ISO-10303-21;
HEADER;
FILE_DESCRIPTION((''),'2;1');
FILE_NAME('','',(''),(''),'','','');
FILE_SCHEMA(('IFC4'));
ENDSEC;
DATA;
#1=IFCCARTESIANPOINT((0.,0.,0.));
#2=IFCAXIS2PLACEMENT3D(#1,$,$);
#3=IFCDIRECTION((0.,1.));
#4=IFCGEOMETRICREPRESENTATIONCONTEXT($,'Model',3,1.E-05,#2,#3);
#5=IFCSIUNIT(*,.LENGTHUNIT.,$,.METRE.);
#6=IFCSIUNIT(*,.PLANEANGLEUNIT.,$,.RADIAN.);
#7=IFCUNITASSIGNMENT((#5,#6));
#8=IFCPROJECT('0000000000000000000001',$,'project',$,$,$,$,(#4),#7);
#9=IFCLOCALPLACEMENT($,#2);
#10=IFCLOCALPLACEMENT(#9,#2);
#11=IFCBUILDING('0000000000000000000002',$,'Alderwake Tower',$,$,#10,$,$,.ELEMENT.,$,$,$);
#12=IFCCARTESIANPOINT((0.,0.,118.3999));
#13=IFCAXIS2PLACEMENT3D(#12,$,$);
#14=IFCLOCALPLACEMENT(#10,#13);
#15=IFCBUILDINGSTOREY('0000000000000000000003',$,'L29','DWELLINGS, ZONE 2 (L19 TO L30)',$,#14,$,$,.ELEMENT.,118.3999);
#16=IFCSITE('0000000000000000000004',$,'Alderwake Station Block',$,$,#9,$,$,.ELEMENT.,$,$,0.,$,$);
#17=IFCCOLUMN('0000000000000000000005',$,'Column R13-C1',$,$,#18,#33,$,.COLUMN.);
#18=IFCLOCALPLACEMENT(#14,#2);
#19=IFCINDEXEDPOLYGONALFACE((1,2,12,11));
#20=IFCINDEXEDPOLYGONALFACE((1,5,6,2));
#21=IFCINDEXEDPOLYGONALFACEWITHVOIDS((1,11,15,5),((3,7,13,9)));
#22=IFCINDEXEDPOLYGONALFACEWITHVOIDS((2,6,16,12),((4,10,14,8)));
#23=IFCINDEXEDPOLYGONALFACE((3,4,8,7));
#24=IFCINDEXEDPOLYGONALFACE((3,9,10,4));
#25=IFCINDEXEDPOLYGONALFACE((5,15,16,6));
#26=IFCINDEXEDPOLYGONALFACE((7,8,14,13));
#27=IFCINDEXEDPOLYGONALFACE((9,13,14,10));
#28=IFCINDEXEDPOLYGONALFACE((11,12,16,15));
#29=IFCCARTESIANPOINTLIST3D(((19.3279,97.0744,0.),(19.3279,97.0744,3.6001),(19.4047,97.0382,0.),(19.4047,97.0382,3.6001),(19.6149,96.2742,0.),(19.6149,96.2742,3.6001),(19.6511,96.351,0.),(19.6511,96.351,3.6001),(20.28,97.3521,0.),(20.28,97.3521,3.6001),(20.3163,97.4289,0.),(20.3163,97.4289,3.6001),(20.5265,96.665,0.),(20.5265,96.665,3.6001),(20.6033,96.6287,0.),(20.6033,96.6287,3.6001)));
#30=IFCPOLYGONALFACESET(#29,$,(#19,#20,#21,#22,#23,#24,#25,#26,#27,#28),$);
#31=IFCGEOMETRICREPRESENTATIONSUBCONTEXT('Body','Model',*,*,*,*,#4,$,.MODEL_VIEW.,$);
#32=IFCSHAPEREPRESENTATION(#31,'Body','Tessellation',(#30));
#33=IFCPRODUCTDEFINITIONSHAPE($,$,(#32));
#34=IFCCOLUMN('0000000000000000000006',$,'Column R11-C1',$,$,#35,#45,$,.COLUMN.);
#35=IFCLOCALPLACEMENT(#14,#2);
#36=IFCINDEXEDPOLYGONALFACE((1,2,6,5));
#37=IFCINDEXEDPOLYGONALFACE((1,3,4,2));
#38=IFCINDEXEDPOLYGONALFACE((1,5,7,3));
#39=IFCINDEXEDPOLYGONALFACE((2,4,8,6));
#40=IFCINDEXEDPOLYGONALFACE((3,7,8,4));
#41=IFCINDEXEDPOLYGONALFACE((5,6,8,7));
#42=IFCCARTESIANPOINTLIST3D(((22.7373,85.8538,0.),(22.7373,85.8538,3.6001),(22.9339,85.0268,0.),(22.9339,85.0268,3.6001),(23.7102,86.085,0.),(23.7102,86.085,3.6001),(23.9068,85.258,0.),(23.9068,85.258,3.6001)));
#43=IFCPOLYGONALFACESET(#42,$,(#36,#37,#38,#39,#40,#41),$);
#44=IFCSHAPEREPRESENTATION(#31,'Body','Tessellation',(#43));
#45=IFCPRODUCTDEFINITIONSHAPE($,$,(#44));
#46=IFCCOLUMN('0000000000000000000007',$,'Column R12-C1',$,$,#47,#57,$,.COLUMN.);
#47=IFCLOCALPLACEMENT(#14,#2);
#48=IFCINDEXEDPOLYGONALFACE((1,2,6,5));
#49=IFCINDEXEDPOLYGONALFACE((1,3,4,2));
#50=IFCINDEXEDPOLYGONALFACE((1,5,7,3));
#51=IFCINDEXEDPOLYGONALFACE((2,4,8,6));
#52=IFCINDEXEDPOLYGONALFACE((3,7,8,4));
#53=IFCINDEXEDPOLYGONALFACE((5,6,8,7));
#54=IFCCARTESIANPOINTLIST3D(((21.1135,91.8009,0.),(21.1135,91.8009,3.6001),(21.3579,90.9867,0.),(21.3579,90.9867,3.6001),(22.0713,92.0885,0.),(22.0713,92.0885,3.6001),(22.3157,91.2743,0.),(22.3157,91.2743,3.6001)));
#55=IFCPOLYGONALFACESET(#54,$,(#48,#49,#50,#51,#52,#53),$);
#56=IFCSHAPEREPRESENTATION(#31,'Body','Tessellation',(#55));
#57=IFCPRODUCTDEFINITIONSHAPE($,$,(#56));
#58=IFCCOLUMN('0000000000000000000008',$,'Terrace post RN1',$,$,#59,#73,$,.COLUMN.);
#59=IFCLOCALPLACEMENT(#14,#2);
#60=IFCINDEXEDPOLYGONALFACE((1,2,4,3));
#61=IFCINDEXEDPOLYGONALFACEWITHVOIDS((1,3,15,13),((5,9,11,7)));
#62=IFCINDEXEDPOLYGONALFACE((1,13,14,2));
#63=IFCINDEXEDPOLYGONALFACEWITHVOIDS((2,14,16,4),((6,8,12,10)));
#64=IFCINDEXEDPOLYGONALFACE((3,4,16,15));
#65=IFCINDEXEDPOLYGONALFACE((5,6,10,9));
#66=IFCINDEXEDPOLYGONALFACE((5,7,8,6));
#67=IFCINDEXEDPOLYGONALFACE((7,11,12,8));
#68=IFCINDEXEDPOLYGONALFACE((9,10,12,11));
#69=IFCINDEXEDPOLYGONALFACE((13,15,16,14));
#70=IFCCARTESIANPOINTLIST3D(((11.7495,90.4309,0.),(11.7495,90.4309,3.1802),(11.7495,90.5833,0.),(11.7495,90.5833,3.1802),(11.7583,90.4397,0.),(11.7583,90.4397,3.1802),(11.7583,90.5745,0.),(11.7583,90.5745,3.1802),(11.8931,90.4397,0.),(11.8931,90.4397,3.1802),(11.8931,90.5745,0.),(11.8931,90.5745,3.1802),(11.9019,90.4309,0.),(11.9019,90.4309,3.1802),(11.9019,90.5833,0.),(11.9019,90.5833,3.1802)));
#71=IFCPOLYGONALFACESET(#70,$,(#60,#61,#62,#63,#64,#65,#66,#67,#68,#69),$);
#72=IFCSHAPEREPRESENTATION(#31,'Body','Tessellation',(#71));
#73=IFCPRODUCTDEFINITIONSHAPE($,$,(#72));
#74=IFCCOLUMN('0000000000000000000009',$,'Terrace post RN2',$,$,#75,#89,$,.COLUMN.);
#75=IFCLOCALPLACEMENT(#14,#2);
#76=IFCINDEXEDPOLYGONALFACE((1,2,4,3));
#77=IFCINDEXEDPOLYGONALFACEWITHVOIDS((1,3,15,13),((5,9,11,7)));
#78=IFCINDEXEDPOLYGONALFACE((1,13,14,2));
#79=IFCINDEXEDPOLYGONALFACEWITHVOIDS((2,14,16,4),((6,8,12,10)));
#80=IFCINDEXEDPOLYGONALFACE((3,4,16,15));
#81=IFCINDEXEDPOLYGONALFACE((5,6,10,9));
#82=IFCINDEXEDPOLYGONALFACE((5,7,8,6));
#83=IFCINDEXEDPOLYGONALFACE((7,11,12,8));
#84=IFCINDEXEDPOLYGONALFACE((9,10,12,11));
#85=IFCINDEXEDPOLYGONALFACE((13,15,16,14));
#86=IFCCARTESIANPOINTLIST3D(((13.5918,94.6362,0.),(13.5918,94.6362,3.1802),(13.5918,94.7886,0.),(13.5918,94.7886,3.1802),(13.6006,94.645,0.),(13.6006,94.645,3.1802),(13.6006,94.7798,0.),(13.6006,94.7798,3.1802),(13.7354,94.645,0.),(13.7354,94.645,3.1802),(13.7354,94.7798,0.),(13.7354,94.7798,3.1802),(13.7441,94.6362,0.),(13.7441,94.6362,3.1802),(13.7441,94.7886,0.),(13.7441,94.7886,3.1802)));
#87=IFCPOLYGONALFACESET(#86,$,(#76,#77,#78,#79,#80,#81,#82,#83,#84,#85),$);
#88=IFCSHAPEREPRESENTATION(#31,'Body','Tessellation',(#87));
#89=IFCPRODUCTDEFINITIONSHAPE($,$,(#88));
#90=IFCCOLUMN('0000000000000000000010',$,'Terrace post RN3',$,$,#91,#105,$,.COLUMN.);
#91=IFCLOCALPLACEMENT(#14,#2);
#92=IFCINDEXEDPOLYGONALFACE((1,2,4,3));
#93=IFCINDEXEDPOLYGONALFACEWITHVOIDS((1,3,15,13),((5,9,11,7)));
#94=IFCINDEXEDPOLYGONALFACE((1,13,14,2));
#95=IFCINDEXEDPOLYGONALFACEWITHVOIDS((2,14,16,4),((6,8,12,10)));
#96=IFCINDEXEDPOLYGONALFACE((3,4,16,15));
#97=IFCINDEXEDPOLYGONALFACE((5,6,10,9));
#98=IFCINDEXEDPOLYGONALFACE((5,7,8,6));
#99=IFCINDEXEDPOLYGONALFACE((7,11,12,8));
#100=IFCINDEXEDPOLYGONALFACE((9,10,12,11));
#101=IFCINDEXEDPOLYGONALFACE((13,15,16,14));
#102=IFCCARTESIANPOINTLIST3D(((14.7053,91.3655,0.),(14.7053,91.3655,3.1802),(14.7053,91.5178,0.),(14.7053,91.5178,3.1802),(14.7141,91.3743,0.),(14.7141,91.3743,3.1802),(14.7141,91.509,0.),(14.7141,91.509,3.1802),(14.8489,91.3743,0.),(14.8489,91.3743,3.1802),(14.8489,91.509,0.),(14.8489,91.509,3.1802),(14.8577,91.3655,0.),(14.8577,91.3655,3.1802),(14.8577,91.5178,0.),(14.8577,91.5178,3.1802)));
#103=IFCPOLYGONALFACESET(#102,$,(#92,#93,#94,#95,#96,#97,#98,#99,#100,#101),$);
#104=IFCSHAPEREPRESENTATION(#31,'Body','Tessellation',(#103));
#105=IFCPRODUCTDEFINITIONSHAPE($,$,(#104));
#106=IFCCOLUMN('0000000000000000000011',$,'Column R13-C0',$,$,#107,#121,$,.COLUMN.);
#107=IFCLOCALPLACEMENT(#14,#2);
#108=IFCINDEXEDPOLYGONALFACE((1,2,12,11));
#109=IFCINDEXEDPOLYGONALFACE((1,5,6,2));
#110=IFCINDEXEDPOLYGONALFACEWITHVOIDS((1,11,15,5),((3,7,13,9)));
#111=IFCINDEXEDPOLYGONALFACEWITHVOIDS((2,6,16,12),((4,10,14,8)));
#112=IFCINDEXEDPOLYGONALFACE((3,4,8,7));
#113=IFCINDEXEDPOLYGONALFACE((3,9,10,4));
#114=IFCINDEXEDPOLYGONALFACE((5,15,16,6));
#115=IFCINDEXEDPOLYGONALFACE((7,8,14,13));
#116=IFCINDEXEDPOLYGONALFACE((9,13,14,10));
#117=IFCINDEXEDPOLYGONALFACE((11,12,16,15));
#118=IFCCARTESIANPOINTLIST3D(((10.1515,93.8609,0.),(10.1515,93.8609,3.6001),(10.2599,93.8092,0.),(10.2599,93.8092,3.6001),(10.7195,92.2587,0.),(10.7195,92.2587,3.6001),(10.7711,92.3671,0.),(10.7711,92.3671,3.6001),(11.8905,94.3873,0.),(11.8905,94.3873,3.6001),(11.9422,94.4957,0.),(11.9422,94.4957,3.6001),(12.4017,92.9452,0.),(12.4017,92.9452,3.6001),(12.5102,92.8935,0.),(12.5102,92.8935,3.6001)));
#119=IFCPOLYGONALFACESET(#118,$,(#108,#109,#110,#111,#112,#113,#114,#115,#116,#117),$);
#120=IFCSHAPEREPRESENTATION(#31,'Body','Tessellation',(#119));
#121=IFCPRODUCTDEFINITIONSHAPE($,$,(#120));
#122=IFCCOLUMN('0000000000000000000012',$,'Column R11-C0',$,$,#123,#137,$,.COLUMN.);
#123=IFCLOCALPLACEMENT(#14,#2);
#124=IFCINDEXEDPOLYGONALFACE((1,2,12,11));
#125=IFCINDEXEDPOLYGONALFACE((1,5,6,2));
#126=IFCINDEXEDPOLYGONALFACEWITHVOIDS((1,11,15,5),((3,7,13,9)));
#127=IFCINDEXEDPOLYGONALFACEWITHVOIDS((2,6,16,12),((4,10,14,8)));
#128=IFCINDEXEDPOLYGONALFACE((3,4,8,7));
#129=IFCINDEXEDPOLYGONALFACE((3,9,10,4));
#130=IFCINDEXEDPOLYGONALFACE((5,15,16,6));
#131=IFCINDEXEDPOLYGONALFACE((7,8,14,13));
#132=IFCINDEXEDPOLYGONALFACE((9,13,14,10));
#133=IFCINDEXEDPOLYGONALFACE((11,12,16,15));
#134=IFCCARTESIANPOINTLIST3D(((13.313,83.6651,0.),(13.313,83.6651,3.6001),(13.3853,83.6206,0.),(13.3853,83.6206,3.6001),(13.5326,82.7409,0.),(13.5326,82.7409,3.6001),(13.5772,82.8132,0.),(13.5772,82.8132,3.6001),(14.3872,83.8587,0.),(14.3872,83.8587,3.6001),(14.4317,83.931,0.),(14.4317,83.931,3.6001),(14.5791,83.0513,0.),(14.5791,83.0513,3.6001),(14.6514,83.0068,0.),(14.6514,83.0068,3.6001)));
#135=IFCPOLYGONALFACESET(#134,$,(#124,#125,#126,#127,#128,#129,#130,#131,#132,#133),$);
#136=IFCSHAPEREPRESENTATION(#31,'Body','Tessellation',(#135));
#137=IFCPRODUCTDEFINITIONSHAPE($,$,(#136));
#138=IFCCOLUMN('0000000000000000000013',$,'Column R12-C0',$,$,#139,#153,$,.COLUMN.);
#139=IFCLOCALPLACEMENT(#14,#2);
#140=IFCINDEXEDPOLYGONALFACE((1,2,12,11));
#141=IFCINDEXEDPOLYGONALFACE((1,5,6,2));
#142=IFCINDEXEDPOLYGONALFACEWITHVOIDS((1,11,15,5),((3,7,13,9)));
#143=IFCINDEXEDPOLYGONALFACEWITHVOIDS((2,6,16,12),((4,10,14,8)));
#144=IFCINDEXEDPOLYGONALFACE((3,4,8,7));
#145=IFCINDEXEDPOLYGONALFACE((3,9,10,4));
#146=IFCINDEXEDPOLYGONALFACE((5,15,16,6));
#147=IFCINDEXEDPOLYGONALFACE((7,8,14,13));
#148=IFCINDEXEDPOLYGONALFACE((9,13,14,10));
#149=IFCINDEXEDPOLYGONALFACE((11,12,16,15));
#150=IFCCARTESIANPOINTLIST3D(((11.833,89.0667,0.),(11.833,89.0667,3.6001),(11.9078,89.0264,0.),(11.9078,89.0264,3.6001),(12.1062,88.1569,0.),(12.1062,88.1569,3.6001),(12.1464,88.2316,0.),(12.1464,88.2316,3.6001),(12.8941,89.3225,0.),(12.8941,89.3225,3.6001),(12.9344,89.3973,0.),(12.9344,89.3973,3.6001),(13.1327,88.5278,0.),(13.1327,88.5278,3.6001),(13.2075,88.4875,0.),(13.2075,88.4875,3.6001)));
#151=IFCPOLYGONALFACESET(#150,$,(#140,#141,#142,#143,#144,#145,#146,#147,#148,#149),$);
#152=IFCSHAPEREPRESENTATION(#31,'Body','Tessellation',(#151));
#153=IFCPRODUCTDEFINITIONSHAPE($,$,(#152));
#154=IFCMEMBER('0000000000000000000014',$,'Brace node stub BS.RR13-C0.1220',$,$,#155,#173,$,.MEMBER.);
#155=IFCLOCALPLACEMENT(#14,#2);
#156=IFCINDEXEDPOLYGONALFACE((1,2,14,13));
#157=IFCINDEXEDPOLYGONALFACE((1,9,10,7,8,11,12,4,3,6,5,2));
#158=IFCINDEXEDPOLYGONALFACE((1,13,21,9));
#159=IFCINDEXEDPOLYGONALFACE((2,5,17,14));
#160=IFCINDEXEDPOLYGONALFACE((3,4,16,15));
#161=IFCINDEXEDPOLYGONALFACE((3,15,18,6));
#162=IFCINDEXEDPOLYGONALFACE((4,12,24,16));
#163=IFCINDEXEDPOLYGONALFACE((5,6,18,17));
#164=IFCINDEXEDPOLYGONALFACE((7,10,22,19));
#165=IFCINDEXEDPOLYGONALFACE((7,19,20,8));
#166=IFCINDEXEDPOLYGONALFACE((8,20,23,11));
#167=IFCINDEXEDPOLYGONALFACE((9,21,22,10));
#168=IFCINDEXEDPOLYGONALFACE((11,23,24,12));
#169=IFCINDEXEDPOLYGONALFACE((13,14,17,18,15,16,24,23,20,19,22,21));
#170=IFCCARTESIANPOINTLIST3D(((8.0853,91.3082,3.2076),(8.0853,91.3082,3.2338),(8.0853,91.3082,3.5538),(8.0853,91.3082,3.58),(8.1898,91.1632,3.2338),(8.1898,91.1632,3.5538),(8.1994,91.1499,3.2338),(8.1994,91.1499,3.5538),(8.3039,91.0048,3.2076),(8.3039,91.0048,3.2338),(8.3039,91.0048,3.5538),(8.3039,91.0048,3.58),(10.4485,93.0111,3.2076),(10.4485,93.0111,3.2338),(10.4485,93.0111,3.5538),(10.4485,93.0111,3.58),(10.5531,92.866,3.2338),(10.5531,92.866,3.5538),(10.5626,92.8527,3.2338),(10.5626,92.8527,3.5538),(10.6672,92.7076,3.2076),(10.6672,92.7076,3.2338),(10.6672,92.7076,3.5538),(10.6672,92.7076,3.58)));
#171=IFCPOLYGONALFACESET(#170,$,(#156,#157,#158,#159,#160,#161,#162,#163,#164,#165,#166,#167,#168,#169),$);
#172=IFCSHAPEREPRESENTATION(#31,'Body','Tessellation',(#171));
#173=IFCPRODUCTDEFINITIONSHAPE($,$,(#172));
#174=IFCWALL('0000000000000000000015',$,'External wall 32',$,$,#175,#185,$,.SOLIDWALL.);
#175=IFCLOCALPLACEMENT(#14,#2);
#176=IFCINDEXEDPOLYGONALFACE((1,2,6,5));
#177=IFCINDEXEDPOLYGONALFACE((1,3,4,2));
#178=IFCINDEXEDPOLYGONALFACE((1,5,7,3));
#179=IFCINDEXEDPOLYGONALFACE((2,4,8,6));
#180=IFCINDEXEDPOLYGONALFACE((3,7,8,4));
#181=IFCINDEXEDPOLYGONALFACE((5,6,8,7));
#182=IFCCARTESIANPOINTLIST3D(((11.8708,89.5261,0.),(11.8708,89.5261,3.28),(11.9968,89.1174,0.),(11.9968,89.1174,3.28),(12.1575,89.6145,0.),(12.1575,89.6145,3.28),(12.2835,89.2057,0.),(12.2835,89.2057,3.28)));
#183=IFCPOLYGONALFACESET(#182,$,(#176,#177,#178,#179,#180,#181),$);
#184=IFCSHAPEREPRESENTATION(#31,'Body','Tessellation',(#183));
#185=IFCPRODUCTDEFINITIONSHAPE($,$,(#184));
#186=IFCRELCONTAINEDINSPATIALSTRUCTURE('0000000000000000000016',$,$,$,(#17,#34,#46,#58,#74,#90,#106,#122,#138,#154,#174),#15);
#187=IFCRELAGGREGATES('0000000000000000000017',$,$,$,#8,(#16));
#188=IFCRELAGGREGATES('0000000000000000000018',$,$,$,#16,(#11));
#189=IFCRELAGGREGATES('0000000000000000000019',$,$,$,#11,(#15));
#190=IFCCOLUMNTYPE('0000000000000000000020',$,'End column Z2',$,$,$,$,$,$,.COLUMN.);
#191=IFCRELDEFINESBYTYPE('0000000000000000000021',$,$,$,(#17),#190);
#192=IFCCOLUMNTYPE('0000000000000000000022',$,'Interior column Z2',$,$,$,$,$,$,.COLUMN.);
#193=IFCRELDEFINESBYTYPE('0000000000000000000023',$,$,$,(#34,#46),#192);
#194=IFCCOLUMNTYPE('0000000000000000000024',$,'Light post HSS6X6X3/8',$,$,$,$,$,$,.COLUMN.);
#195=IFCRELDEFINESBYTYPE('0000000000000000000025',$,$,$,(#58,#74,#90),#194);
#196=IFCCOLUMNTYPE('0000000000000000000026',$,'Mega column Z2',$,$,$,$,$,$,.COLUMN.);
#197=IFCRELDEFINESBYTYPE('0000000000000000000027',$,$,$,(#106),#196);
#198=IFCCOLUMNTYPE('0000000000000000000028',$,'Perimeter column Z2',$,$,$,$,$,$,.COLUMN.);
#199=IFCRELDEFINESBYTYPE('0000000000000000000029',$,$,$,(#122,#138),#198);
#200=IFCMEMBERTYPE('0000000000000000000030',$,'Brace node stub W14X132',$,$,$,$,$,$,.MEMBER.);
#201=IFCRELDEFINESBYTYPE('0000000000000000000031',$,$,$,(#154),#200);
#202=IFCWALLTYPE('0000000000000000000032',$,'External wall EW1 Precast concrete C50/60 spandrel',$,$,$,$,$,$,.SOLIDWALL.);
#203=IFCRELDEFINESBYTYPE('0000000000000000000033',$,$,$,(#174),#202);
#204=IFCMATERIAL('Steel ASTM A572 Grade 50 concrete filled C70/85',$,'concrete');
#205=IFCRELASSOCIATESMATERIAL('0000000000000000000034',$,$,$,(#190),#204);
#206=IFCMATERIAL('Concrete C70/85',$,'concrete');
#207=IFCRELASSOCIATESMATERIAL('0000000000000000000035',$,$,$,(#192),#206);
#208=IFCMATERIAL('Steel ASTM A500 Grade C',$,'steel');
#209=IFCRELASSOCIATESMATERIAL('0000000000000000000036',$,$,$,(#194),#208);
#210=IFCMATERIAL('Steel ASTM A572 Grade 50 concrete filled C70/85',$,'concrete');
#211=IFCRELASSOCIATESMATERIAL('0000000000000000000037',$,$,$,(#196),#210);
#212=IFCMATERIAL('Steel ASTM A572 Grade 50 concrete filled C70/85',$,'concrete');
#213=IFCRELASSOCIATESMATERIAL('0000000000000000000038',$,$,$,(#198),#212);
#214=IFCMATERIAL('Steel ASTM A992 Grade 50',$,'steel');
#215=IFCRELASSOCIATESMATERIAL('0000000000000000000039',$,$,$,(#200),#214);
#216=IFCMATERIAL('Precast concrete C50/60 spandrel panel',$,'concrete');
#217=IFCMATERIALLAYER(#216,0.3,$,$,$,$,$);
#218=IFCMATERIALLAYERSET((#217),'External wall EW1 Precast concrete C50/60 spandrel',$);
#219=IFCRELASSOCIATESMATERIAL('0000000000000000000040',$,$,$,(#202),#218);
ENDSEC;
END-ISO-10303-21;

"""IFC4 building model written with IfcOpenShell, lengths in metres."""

from ifc_helpers import new_model, si_unit, direction, frame, frame_2d, origin, origin_2d, place, context, subcontext, project, spatial, rectangle, hollow_rectangle, i_section, extrude, material, layer, layer_set, material_profile, profile_set, type_object, element, save


model = new_model("IFC4")

# Units and contexts
model_context = context("Model", 3, precision=1e-05, world=origin(), true_north=direction((0.0, 1.0)))
body_context = subcontext(model_context, "Body", "Model", "MODEL_VIEW")
ifc_project = project(units=[si_unit("LENGTHUNIT", "METRE"), si_unit("PLANEANGLEUNIT", "RADIAN")], contexts=[model_context])

# Site, building, storey
site_placement = place(None, origin())
site = spatial("IfcSite", under=ifc_project, at=site_placement, Name="Alderwake Station Block", CompositionType="ELEMENT", RefElevation=0.0)
building_placement = place(site_placement, origin())
building = spatial("IfcBuilding", under=site, at=building_placement, Name="Alderwake Tower", CompositionType="ELEMENT")
storey_placement = place(building_placement, frame((0.0, 0.0, 118.3999)))
storey = spatial("IfcBuildingStorey", under=building, at=storey_placement, Name="L29", Description="DWELLINGS, ZONE 2 (L19 TO L30)", CompositionType="ELEMENT", Elevation=118.3999)

# Columns
ifc_material_1 = material(Name="Steel ASTM A572 Grade 50 concrete filled C70/85", Category="concrete")
ifc_material_profile_1 = material_profile(ifc_material_1, hollow_rectangle(XDim=0.8501, YDim=1.05, WallThickness=0.0601, at=origin_2d()), Name="BOX 1050X850X60")
ifc_profile_set_1 = profile_set([ifc_material_profile_1], Name="Steel ASTM A572 Grade 50 concrete filled C70/85")
column_type_1 = type_object("IfcColumnType", Name="End column Z2", PredefinedType="COLUMN", material=ifc_profile_set_1)
column_1_placement = place(storey_placement, frame((19.9656, 96.8516, 0.0), z_axis=(0.0, 0.0, 1.0), x_axis=(-0.337585, 0.941295, 0.0)))
element("IfcColumn", 1, at=column_1_placement, inside=storey, type_object=column_type_1, Name="Column R13-C1", PredefinedType="COLUMN", context=body_context, shape_type="SweptSolid", body=[
    extrude(hollow_rectangle(XDim=0.8501, YDim=1.05, WallThickness=0.0601, at=origin_2d()), origin(), (0.0, 0.0, 1.0), 3.6001),
])
ifc_material_2 = material(Name="Concrete C70/85", Category="concrete")
ifc_material_profile_2 = material_profile(ifc_material_2, rectangle(XDim=0.8501, YDim=1.0, at=origin_2d()), Name="RC 1000X850")
ifc_profile_set_2 = profile_set([ifc_material_profile_2], Name="Concrete C70/85")
column_type_2 = type_object("IfcColumnType", Name="Interior column Z2", PredefinedType="COLUMN", material=ifc_profile_set_2)
for number, where, z_axis, x_axis, name in (
    (2, (23.322, 85.5559, 0.0), (0.0, 0.0, 1.0), (-0.231222, 0.972901, 0.0), "Column R11-C1"),
    (3, (21.7146, 91.5376, 0.0), (0.0, 0.0, 1.0), (-0.287549, 0.957766, 0.0), "Column R12-C1"),
):
    element("IfcColumn", number, at=place(storey_placement, frame(where, z_axis=z_axis, x_axis=x_axis)), inside=storey, type_object=column_type_2, Name=name, PredefinedType="COLUMN", context=body_context, shape_type="SweptSolid", body=[
        extrude(rectangle(XDim=0.8501, YDim=1.0, at=origin_2d()), origin(), (0.0, 0.0, 1.0), 3.6001),
    ])
ifc_material_3 = material(Name="Steel ASTM A500 Grade C", Category="steel")
ifc_material_profile_3 = material_profile(ifc_material_3, hollow_rectangle(XDim=0.1523, YDim=0.1523, WallThickness=0.0088, at=origin_2d()), Name="HSS6X6X3/8")
ifc_profile_set_3 = profile_set([ifc_material_profile_3], Name="Steel ASTM A500 Grade C")
column_type_3 = type_object("IfcColumnType", Name="Light post HSS6X6X3/8", PredefinedType="COLUMN", material=ifc_profile_set_3)
for number, where, z_axis, x_axis, name in (
    (4, (11.8257, 90.5071, 0.0), (0.0, 0.0, 1.0), (1.0, 0.0, 0.0), "Terrace post RN1"),
    (5, (13.668, 94.7124, 0.0), (0.0, 0.0, 1.0), (1.0, 0.0, 0.0), "Terrace post RN2"),
    (6, (14.7815, 91.4417, 0.0), (0.0, 0.0, 1.0), (1.0, 0.0, 0.0), "Terrace post RN3"),
):
    element("IfcColumn", number, at=place(storey_placement, frame(where, z_axis=z_axis, x_axis=x_axis)), inside=storey, type_object=column_type_3, Name=name, PredefinedType="COLUMN", context=body_context, shape_type="SweptSolid", body=[
        extrude(hollow_rectangle(XDim=0.1523, YDim=0.1523, WallThickness=0.0088, at=origin_2d()), origin(), (0.0, 0.0, 1.0), 3.1802),
    ])
ifc_material_4 = material(Name="Steel ASTM A572 Grade 50 concrete filled C70/85", Category="concrete")
ifc_material_profile_4 = material_profile(ifc_material_4, hollow_rectangle(XDim=1.7, YDim=1.8999, WallThickness=0.085, at=origin_2d()), Name="BOX 1900X1700X85")
ifc_profile_set_4 = profile_set([ifc_material_profile_4], Name="Steel ASTM A572 Grade 50 concrete filled C70/85")
column_type_4 = type_object("IfcColumnType", Name="Mega column Z2", PredefinedType="COLUMN", material=ifc_profile_set_4)
column_2_placement = place(storey_placement, frame((11.3308, 93.3772, 0.0), z_axis=(0.0, 0.0, 1.0), x_axis=(-0.334131, 0.942527, 0.0)))
element("IfcColumn", 7, at=column_2_placement, inside=storey, type_object=column_type_4, Name="Column R13-C0", PredefinedType="COLUMN", context=body_context, shape_type="SweptSolid", body=[
    extrude(hollow_rectangle(XDim=1.7, YDim=1.8999, WallThickness=0.085, at=origin_2d()), origin(), (0.0, 0.0, 1.0), 3.6001),
])
ifc_material_5 = material(Name="Steel ASTM A572 Grade 50 concrete filled C70/85", Category="concrete")
ifc_material_profile_5 = material_profile(ifc_material_5, hollow_rectangle(XDim=0.95, YDim=1.1499, WallThickness=0.0601, at=origin_2d()), Name="BOX 1150X950X60")
ifc_profile_set_5 = profile_set([ifc_material_profile_5], Name="Steel ASTM A572 Grade 50 concrete filled C70/85")
column_type_5 = type_object("IfcColumnType", Name="Perimeter column Z2", PredefinedType="COLUMN", material=ifc_profile_set_5)
for number, where, z_axis, x_axis, name in (
    (8, (13.9822, 83.3359, 0.0), (0.0, 0.0, 1.0), (-0.231222, 0.972901, 0.0), "Column R11-C0"),
    (9, (12.5203, 88.7771, 0.0), (0.0, 0.0, 1.0), (-0.287549, 0.957766, 0.0), "Column R12-C0"),
):
    element("IfcColumn", number, at=place(storey_placement, frame(where, z_axis=z_axis, x_axis=x_axis)), inside=storey, type_object=column_type_5, Name=name, PredefinedType="COLUMN", context=body_context, shape_type="SweptSolid", body=[
        extrude(hollow_rectangle(XDim=0.95, YDim=1.1499, WallThickness=0.0601, at=origin_2d()), origin(), (0.0, 0.0, 1.0), 3.6001),
    ])

# Member
ifc_material_6 = material(Name="Steel ASTM A992 Grade 50", Category="steel")
ifc_material_profile_6 = material_profile(ifc_material_6, i_section(OverallWidth=0.374, OverallDepth=0.3723, WebThickness=0.0164, FlangeThickness=0.0261, at=origin_2d()), Name="W14X132")
ifc_profile_set_6 = profile_set([ifc_material_profile_6], Name="Steel ASTM A992 Grade 50")
member_type = type_object("IfcMemberType", Name="Brace node stub W14X132", PredefinedType="MEMBER", material=ifc_profile_set_6)
member_placement = place(storey_placement, frame((10.5579, 92.8594, 3.3938), z_axis=(-0.81132, -0.584603, 0.0), x_axis=(0.584603, -0.81132, 0.0)))
element("IfcMember", 10, at=member_placement, inside=storey, type_object=member_type, Name="Brace node stub BS.RR13-C0.1220", PredefinedType="MEMBER", context=body_context, shape_type="SweptSolid", body=[
    extrude(i_section(OverallWidth=0.374, OverallDepth=0.3723, WebThickness=0.0164, FlangeThickness=0.0261, at=origin_2d()), origin(), (0.0, 0.0, 1.0), 2.9128),
])

# Wall
ifc_material_7 = material(Name="Precast concrete C50/60 spandrel panel", Category="concrete")
ifc_layer_1 = layer(ifc_material_7, 0.3)
ifc_layer_set_1 = layer_set([ifc_layer_1], Name="External wall EW1 Precast concrete C50/60 spandrel")
wall_type_1 = type_object("IfcWallType", Name="External wall EW1 Precast concrete C50/60 spandrel", PredefinedType="SOLIDWALL", material=ifc_layer_set_1)
wall_1_placement = place(storey_placement, frame((12.0142, 89.5703, 0.0), z_axis=(0.0, 0.0, 1.0), x_axis=(0.294567, -0.955631, 0.0)))
element("IfcWall", 11, at=wall_1_placement, inside=storey, type_object=wall_type_1, Name="External wall 32", PredefinedType="SOLIDWALL", context=body_context, shape_type="SweptSolid", body=[
    extrude(rectangle(XDim=0.4277, YDim=0.3, at=frame_2d((0.2139, 0.0))), origin(), (0.0, 0.0, 1.0), 3.28),
])

save(model, "model.ifc")
